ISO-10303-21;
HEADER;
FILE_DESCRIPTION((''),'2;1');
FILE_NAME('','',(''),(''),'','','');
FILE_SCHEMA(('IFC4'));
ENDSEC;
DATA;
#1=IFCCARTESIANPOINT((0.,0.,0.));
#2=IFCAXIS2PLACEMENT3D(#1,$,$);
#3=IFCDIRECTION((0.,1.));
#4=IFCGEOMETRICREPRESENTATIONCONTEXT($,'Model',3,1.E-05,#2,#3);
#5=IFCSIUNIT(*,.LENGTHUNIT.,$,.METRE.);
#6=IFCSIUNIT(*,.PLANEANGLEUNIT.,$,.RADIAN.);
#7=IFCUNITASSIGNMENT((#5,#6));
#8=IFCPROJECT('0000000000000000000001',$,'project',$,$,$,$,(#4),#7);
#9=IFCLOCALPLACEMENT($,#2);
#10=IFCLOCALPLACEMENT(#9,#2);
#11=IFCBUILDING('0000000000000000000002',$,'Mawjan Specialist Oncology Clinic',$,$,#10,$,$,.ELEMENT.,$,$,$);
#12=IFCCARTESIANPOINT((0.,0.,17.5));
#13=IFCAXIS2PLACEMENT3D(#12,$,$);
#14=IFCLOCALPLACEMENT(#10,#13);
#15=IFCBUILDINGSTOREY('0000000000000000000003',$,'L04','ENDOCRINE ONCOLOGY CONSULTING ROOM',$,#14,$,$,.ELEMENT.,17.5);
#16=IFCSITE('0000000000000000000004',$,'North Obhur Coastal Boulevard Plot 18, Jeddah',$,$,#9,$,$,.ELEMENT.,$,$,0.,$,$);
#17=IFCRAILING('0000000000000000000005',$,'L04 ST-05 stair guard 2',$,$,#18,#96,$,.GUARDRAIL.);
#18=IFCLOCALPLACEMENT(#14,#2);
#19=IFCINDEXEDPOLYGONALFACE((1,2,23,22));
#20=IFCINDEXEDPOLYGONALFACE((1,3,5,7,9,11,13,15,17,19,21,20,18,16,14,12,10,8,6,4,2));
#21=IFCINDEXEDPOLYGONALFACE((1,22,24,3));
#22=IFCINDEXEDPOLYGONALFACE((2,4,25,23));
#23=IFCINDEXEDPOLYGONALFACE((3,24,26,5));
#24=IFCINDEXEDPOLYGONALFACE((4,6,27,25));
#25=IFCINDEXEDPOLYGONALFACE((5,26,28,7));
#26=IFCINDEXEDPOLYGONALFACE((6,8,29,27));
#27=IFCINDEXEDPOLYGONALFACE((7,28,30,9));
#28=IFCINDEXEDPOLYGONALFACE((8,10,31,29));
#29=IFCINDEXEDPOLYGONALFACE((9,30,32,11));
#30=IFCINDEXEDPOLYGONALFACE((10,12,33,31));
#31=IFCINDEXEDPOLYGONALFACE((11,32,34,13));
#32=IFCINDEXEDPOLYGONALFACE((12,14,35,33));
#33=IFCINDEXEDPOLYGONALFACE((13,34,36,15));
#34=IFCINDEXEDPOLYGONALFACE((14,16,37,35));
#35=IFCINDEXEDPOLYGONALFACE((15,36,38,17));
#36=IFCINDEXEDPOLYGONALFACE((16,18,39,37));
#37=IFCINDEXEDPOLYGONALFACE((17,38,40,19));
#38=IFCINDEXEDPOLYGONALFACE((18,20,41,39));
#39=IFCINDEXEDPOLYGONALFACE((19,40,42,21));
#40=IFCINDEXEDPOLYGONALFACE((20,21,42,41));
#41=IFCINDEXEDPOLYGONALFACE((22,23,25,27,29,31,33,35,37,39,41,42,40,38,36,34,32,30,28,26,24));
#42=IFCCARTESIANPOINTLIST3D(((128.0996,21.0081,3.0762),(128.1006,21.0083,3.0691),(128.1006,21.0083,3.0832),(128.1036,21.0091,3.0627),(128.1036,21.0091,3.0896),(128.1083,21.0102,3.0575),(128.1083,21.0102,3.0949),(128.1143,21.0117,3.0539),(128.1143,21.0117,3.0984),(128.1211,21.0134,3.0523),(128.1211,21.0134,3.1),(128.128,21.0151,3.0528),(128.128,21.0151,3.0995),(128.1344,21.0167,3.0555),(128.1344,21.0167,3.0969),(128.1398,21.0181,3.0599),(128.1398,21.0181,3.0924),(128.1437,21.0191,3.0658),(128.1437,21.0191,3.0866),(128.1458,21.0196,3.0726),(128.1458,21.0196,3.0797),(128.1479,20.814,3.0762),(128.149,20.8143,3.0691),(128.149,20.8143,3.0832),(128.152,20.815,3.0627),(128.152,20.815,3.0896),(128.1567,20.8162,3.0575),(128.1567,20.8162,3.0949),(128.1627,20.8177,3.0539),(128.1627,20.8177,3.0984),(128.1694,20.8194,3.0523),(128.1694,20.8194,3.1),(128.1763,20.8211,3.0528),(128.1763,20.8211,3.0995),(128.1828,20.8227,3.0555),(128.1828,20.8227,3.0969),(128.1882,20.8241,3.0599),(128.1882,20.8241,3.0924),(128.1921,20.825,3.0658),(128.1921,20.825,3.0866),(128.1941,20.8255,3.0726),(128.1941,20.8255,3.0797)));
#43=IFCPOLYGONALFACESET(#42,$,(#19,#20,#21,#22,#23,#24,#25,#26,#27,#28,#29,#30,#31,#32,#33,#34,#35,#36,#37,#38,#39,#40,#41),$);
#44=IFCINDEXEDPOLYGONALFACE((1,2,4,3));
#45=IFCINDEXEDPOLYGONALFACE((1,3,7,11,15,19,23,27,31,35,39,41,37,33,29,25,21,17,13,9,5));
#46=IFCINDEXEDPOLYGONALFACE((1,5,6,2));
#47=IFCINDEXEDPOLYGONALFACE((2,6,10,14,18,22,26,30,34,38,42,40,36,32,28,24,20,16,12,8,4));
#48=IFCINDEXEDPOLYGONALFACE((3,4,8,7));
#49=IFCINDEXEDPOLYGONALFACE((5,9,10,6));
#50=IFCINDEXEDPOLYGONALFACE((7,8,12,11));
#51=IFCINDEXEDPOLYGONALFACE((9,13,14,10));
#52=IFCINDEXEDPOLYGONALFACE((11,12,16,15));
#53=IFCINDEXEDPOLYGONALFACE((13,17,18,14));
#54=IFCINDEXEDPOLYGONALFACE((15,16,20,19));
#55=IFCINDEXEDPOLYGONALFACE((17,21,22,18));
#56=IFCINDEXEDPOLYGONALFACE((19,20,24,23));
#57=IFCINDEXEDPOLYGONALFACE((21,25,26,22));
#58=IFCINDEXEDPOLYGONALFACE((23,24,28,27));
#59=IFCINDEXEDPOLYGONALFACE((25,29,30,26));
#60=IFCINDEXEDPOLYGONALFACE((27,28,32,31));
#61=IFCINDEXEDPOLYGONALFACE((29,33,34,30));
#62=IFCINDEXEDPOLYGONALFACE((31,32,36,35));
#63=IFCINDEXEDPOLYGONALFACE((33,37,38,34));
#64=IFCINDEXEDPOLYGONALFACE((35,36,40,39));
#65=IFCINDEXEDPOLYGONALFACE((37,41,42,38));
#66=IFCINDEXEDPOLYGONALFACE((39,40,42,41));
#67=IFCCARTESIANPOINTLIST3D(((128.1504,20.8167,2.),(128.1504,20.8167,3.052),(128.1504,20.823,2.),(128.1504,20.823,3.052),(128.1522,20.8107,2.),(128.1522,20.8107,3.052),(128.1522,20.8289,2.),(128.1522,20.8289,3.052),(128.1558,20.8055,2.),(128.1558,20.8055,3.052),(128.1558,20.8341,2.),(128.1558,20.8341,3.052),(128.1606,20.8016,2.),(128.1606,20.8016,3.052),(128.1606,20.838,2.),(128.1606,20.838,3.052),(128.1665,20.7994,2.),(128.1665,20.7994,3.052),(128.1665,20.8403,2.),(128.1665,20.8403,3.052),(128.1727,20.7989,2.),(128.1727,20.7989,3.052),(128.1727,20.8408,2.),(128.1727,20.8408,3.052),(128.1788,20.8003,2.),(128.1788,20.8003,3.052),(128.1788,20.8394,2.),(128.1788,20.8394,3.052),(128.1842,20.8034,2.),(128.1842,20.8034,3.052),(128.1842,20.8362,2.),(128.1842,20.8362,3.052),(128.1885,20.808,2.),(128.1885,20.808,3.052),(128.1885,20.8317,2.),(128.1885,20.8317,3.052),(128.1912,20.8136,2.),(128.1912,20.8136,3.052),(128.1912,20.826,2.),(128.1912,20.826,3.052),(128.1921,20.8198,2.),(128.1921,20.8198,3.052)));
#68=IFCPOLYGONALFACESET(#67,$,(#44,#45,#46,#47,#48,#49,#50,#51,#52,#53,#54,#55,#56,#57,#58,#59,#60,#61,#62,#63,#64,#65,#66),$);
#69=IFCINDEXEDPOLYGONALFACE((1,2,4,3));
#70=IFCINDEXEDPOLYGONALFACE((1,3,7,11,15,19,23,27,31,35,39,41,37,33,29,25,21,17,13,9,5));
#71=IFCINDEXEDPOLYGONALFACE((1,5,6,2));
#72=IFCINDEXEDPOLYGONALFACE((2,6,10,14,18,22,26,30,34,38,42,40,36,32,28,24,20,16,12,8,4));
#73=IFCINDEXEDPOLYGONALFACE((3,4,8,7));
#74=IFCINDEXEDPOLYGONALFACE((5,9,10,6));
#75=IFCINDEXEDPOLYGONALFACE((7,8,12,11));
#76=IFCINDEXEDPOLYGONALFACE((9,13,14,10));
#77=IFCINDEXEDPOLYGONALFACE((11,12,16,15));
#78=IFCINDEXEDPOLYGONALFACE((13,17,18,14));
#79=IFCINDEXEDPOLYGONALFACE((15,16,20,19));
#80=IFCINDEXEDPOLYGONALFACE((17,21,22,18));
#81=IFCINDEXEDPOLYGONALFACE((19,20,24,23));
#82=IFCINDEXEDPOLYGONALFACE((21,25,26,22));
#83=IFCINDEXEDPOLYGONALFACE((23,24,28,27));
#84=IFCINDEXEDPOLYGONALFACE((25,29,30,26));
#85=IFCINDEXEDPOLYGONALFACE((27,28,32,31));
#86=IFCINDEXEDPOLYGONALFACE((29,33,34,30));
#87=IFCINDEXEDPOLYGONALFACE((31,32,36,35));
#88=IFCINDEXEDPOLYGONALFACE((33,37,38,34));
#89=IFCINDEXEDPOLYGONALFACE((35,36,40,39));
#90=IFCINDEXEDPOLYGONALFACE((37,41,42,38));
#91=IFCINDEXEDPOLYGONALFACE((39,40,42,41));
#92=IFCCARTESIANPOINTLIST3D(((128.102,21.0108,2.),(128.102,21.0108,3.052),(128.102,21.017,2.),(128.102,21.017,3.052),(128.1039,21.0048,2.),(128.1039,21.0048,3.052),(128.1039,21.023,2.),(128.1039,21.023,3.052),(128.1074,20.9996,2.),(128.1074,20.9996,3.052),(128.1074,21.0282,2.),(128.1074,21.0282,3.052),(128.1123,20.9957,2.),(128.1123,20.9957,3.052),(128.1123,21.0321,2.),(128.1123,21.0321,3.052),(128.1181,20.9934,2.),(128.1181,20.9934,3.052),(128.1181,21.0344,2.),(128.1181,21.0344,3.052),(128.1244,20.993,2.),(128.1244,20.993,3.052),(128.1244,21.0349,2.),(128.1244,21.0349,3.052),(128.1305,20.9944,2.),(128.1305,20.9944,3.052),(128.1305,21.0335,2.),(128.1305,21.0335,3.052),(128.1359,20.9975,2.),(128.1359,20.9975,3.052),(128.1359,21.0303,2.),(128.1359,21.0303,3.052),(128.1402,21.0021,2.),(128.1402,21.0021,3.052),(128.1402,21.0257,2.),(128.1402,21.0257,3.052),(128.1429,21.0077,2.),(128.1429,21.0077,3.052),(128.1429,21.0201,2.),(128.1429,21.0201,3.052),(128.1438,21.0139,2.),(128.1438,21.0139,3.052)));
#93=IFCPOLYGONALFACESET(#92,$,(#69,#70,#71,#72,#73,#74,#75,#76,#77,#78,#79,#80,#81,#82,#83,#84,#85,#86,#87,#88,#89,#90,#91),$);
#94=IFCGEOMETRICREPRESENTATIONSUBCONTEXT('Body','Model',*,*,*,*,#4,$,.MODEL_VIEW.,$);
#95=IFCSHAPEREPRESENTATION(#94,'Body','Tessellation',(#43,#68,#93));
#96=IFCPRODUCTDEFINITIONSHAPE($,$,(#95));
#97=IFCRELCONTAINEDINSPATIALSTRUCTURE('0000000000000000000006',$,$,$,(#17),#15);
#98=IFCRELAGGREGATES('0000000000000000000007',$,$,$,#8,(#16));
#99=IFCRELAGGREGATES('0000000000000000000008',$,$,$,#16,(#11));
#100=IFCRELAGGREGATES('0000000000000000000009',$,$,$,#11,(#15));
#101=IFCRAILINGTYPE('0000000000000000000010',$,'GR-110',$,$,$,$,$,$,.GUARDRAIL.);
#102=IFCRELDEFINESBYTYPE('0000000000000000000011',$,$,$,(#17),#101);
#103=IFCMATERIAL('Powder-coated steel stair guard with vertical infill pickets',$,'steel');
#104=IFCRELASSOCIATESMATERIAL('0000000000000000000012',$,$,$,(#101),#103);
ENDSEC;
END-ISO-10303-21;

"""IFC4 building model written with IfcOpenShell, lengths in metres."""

from ifc_helpers import new_model, si_unit, direction, frame, origin, origin_2d, place, context, subcontext, project, spatial, circle, extrude, material, type_object, element, save


model = new_model("IFC4")

# Units and contexts
model_context = context("Model", 3, precision=1e-05, world=origin(), true_north=direction((0.0, 1.0)))
body_context = subcontext(model_context, "Body", "Model", "MODEL_VIEW")
ifc_project = project(units=[si_unit("LENGTHUNIT", "METRE"), si_unit("PLANEANGLEUNIT", "RADIAN")], contexts=[model_context])

# Site, building, storey
site_placement = place(None, origin())
site = spatial("IfcSite", under=ifc_project, at=site_placement, Name="North Obhur Coastal Boulevard Plot 18, Jeddah", CompositionType="ELEMENT", RefElevation=0.0)
building_placement = place(site_placement, origin())
building = spatial("IfcBuilding", under=site, at=building_placement, Name="Mawjan Specialist Oncology Clinic", CompositionType="ELEMENT")
storey_placement = place(building_placement, frame((0.0, 0.0, 17.5)))
storey = spatial("IfcBuildingStorey", under=building, at=storey_placement, Name="L04", Description="ENDOCRINE ONCOLOGY CONSULTING ROOM", CompositionType="ELEMENT", Elevation=17.5)

# Railing
ifc_material_1 = material(Name="Powder-coated steel stair guard with vertical infill pickets", Category="steel")
railing_type_1 = type_object("IfcRailingType", Name="GR-110", PredefinedType="GUARDRAIL", material=ifc_material_1)
railing_1_placement = place(storey_placement, frame((128.1711, 20.8198, 2.0)))
element("IfcRailing", 1, at=railing_1_placement, inside=storey, type_object=railing_type_1, Name="L04 ST-05 stair guard 2", PredefinedType="GUARDRAIL", context=body_context, shape_type="SweptSolid", body=[
    extrude(circle(Radius=0.0239, at=origin_2d()), frame((0.0, 0.0, 1.0762), z_axis=(-0.241674, 0.970358, 0.0), x_axis=(-0.970358, -0.241674, 0.0)), (0.0, 0.0, 1.0), 0.2),
    extrude(circle(Radius=0.021, at=origin_2d()), origin(), (0.0, 0.0, 1.0), 1.052),
    extrude(circle(Radius=0.021, at=origin_2d()), frame((-0.0483, 0.1941, 0.0)), (0.0, 0.0, 1.0), 1.052),
])

save(model, "model.ifc")
